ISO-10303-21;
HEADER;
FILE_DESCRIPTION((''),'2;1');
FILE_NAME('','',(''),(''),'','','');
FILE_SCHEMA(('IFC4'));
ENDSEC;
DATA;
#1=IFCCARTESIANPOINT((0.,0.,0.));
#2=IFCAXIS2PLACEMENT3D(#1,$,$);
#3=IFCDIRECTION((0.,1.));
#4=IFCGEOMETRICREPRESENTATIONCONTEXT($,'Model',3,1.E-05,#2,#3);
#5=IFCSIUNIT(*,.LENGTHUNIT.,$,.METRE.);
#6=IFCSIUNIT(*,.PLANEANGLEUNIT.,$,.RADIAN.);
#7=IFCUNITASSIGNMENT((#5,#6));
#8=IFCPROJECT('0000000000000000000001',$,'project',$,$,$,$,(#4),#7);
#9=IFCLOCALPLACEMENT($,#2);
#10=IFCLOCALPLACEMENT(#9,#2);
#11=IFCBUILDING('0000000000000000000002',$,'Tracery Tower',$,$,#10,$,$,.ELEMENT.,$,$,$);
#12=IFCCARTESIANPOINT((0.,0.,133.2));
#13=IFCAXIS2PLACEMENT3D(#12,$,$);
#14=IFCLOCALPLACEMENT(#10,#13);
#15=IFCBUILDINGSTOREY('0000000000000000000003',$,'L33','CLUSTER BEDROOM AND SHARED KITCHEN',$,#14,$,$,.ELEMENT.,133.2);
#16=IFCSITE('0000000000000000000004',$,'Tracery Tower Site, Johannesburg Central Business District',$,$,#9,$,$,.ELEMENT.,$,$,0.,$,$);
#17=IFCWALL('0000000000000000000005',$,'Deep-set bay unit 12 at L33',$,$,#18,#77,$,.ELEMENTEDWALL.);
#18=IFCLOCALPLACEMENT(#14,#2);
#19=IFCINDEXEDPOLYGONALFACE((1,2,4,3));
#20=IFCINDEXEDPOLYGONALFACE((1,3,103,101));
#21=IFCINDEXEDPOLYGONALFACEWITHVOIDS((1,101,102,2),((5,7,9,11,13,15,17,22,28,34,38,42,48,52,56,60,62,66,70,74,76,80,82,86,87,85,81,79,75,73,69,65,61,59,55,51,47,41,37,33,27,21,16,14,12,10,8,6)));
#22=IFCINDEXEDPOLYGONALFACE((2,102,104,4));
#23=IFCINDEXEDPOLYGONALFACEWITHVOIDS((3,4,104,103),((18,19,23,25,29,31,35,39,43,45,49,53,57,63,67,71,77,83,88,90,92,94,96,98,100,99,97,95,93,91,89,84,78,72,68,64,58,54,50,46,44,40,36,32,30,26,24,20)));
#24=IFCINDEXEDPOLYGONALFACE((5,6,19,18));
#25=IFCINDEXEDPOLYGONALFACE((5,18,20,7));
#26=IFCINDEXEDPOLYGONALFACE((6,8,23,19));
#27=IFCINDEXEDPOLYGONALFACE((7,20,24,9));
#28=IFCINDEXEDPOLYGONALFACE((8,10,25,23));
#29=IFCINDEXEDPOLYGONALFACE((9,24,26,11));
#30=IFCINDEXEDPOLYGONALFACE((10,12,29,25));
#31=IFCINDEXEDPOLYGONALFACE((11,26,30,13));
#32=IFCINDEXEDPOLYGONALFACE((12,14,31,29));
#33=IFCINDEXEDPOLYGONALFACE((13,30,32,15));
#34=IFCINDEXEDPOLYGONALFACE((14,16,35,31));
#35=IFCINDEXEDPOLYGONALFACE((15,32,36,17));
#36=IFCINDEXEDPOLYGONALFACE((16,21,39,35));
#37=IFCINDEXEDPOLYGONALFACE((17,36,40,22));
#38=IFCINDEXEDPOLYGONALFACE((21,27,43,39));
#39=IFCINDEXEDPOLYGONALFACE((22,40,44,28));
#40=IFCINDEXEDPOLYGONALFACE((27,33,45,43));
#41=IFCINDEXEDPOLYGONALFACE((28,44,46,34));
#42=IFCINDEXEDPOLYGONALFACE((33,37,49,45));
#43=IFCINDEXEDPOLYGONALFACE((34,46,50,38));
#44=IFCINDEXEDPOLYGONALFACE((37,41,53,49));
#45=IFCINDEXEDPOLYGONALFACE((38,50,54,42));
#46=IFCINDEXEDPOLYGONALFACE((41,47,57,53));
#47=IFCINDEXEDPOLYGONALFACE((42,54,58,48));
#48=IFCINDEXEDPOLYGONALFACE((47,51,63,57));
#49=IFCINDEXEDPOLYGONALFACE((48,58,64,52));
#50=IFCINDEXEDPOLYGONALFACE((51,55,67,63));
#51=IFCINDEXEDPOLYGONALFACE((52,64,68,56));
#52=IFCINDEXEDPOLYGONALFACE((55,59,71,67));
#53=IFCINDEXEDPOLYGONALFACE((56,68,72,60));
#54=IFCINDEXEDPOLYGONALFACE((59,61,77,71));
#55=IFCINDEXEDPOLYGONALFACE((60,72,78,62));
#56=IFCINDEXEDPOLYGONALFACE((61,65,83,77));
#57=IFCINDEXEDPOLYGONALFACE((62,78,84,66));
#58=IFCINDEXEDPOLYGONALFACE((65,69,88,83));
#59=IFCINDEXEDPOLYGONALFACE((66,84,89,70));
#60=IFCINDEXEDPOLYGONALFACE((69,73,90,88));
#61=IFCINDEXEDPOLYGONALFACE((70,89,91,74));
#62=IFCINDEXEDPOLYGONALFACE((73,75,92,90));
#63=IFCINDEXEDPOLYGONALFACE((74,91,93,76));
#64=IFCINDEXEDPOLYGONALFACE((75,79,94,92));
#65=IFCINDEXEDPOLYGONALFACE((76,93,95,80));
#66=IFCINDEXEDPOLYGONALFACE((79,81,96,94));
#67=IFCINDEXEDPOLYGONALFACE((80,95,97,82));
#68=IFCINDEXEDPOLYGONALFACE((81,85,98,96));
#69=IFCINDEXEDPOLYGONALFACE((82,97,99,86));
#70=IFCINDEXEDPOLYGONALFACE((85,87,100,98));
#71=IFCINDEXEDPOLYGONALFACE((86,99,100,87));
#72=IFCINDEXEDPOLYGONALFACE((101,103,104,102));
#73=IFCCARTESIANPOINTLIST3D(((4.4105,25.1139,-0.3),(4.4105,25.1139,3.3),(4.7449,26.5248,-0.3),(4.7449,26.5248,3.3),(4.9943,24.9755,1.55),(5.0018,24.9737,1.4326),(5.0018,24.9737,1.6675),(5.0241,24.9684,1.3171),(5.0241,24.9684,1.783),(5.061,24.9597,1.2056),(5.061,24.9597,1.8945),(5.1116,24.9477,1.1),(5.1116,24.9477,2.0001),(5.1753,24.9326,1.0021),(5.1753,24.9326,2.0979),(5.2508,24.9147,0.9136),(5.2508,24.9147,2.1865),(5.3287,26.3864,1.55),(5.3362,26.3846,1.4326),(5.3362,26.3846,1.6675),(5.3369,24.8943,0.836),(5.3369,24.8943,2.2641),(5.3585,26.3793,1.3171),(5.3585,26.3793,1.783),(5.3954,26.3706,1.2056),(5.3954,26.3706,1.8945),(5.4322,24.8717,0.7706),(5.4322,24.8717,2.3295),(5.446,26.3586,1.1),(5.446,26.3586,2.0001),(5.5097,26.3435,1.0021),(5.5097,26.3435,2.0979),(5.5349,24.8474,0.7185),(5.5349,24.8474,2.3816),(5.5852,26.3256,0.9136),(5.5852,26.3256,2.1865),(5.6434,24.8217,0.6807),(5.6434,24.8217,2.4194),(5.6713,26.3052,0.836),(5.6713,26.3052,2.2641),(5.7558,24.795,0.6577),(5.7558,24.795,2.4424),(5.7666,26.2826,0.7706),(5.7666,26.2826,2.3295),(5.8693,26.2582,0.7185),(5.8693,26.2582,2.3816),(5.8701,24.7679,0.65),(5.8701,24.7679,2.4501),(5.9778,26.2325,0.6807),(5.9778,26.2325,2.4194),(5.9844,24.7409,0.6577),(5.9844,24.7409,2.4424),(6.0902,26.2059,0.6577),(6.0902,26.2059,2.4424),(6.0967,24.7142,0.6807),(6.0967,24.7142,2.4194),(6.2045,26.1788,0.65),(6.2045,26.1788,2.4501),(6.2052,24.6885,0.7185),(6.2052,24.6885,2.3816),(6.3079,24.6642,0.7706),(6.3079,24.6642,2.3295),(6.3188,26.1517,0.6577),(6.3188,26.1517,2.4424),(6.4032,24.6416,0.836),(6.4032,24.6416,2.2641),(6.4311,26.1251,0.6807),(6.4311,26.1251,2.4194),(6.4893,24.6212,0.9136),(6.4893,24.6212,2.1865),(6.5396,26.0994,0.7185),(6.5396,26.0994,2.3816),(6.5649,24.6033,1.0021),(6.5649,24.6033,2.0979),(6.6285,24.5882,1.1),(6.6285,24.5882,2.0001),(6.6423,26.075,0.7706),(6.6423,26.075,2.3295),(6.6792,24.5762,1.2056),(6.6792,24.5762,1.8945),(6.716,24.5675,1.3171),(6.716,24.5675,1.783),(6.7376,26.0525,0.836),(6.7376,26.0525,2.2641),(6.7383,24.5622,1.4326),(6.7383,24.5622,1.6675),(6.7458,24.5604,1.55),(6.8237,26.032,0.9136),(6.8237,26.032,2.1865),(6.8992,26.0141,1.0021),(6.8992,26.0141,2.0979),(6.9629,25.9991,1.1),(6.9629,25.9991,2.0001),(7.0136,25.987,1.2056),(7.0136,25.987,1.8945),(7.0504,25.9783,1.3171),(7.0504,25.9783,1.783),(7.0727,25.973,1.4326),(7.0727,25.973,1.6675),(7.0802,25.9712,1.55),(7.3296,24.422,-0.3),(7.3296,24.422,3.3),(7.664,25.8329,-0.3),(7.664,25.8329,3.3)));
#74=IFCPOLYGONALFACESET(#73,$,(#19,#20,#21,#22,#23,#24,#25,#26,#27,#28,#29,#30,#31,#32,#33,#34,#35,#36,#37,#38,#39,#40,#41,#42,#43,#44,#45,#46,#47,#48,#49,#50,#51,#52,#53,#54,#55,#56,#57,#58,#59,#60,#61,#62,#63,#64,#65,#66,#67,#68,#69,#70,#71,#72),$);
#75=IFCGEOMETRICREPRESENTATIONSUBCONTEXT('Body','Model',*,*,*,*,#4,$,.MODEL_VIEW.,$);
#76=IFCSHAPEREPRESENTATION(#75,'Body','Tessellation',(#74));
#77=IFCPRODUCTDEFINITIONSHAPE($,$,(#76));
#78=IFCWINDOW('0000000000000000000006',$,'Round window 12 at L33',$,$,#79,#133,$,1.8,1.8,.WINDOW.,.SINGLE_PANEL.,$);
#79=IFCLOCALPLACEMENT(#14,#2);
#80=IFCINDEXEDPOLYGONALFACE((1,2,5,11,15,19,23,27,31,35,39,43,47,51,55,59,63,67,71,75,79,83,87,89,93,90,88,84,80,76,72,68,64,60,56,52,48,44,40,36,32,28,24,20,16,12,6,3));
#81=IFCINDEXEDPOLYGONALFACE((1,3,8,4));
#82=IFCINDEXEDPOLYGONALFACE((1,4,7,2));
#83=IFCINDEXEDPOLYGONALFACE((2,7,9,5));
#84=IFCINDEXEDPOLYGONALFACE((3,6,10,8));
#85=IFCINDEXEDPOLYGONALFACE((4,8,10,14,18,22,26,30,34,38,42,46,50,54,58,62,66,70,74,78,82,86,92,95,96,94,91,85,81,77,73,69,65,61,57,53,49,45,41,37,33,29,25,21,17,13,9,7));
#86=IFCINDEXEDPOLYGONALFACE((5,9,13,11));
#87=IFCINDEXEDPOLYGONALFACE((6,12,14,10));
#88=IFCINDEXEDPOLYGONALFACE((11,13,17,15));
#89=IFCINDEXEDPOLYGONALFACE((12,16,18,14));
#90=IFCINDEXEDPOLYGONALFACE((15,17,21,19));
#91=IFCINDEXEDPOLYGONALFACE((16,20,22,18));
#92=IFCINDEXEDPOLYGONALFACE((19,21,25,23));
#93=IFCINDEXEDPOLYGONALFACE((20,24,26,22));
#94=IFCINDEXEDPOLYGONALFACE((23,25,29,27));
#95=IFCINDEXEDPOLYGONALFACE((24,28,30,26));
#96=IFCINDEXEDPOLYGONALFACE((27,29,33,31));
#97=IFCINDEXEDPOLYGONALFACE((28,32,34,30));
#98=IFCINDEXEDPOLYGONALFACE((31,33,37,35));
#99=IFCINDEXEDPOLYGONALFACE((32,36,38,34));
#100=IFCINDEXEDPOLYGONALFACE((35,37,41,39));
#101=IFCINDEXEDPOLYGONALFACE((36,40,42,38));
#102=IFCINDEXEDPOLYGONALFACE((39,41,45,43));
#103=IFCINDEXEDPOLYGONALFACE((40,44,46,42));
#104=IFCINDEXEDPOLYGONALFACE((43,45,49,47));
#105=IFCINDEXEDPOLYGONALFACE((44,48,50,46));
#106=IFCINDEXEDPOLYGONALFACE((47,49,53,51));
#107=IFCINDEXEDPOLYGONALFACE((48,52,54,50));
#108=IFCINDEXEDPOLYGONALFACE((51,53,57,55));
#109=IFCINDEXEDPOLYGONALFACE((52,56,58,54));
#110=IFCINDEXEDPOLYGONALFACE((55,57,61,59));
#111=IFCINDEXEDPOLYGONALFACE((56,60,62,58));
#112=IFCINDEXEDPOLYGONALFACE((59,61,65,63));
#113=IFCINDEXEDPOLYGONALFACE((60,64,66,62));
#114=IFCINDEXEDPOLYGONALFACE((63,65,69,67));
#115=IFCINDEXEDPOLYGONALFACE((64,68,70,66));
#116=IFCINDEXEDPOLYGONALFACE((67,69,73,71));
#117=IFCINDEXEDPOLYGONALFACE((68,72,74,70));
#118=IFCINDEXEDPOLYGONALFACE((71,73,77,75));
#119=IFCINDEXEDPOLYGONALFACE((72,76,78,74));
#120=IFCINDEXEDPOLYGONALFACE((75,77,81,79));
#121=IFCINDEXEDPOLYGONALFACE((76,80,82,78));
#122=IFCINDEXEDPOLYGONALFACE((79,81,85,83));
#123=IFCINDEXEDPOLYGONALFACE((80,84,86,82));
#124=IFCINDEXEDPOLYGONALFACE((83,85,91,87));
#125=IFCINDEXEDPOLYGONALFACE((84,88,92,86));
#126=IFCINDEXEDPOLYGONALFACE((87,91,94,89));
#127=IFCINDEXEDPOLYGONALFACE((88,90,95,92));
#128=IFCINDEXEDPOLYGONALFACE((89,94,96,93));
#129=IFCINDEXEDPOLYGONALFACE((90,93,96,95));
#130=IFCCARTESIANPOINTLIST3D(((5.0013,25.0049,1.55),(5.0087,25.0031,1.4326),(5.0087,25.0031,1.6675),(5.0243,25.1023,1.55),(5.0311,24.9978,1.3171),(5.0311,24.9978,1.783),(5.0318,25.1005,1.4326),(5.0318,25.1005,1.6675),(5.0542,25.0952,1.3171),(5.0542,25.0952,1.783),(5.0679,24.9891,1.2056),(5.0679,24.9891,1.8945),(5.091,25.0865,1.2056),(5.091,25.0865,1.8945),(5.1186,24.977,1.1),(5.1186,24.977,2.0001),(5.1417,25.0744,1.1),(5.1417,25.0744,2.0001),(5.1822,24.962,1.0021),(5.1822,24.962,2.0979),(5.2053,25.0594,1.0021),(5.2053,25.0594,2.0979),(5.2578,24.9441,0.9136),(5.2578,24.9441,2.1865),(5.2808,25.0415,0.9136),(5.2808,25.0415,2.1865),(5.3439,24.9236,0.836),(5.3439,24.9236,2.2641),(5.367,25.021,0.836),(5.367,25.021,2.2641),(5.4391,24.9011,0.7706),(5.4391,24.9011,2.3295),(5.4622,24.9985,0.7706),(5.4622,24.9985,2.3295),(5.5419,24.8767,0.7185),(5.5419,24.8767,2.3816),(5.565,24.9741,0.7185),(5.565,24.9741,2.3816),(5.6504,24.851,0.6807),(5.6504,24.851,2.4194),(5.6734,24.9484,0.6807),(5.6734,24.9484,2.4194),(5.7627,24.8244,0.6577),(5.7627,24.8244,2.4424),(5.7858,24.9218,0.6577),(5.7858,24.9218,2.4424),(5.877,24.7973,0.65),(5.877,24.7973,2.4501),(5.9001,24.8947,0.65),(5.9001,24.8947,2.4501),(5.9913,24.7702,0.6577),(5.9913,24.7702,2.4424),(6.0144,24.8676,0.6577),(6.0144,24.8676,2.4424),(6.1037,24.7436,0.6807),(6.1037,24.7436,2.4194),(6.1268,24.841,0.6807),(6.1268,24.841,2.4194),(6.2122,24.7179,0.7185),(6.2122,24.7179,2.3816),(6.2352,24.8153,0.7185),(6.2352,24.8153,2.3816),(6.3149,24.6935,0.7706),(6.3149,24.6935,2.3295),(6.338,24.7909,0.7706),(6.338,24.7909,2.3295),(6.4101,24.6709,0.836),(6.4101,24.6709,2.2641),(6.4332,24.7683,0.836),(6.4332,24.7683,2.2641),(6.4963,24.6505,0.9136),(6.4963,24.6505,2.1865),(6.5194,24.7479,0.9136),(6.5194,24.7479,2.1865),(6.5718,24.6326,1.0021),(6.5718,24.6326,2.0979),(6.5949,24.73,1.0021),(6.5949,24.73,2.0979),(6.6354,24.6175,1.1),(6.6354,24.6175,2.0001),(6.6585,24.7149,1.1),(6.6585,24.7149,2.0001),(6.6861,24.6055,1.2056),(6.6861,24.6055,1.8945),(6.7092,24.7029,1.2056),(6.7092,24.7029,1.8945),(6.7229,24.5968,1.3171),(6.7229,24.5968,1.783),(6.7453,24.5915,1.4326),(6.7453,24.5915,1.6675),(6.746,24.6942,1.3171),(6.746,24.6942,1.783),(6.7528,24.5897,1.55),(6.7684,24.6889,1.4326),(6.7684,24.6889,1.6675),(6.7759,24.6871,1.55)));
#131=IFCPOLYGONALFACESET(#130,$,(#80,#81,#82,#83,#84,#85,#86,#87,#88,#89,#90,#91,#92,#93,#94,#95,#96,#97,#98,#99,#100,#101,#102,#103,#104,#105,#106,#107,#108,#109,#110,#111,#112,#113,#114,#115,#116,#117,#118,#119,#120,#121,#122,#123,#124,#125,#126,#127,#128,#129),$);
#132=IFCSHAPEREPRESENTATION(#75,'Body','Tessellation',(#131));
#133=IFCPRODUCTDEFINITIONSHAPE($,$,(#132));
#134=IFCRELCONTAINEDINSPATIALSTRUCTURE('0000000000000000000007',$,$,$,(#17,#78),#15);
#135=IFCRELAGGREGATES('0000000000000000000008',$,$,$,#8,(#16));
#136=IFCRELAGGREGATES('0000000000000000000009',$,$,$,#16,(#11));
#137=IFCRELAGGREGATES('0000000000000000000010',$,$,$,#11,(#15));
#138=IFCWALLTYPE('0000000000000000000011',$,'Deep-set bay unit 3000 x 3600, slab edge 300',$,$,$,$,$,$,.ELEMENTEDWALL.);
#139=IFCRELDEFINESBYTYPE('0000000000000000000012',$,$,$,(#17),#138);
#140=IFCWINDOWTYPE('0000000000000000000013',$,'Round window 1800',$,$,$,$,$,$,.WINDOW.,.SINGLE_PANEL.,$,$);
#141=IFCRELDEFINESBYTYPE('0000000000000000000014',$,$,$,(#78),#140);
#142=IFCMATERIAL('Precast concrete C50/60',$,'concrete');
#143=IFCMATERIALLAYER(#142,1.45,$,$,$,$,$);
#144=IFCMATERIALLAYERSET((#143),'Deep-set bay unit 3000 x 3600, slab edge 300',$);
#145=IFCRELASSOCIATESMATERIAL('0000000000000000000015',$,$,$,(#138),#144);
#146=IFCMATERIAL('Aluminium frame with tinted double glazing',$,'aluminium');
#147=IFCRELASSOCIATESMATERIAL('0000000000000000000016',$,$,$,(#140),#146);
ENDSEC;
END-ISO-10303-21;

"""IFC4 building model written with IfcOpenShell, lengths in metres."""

from ifc_helpers import new_model, si_unit, direction, frame, frame_2d, origin, origin_2d, place, context, subcontext, project, spatial, rectangle, circle, extrude, material, layer, layer_set, type_object, element, fill, save


model = new_model("IFC4")

# Units and contexts
model_context = context("Model", 3, precision=1e-05, world=origin(), true_north=direction((0.0, 1.0)))
body_context = subcontext(model_context, "Body", "Model", "MODEL_VIEW")
ifc_project = project(units=[si_unit("LENGTHUNIT", "METRE"), si_unit("PLANEANGLEUNIT", "RADIAN")], contexts=[model_context])

# Site, building, storey
site_placement = place(None, origin())
site = spatial("IfcSite", under=ifc_project, at=site_placement, Name="Tracery Tower Site, Johannesburg Central Business District", CompositionType="ELEMENT", RefElevation=0.0)
building_placement = place(site_placement, origin())
building = spatial("IfcBuilding", under=site, at=building_placement, Name="Tracery Tower", CompositionType="ELEMENT")
storey_placement = place(building_placement, frame((0.0, 0.0, 133.2)))
storey = spatial("IfcBuildingStorey", under=building, at=storey_placement, Name="L33", Description="CLUSTER BEDROOM AND SHARED KITCHEN", CompositionType="ELEMENT", Elevation=133.2)

# Wall, opening, window
ifc_material_1 = material(Name="Precast concrete C50/60", Category="concrete")
ifc_layer_1 = layer(ifc_material_1, 1.45)
ifc_layer_set_1 = layer_set([ifc_layer_1], Name="Deep-set bay unit 3000 x 3600, slab edge 300")
wall_type_1 = type_object("IfcWallType", Name="Deep-set bay unit 3000 x 3600, slab edge 300", PredefinedType="ELEMENTEDWALL", material=ifc_layer_set_1)
wall_1_placement = place(storey_placement, frame((7.4968, 25.1274, -0.3), z_axis=(0.0, 0.0, 1.0), x_axis=(-0.973042, 0.230627, 0.0)))
wall_1 = element("IfcWall", 1, at=wall_1_placement, inside=storey, type_object=wall_type_1, Name="Deep-set bay unit 12 at L33", PredefinedType="ELEMENTEDWALL", context=body_context, shape_type="SweptSolid", body=[
    extrude(rectangle(XDim=3.0, YDim=1.45, at=frame_2d((1.5, 0.0))), origin(), (0.0, 0.0, 1.0), 3.6001),
])
opening_1_placement = place(wall_1_placement, frame((1.5, 0.0, 1.8501)))
opening_1 = element("IfcOpeningElement", 2, at=opening_1_placement, cuts=wall_1, PredefinedType="OPENING", context=body_context, shape_type="SweptSolid", body=[
    extrude(circle(Radius=0.9, at=origin_2d()), frame((0.0, 0.7349, 0.0), z_axis=(0.0, -1.0, 0.0), x_axis=(1.0, 0.0, 0.0)), (0.0, 0.0, 1.0), 1.47),
])
ifc_material_2 = material(Name="Aluminium frame with tinted double glazing", Category="aluminium")
window_type = type_object("IfcWindowType", Name="Round window 1800", PartitioningType="SINGLE_PANEL", PredefinedType="WINDOW", material=ifc_material_2)
window_1_placement = place(opening_1_placement, origin())
window_1 = element("IfcWindow", 3, at=window_1_placement, inside=storey, type_object=window_type, Name="Round window 12 at L33", OverallHeight=1.8, OverallWidth=1.8, PartitioningType="SINGLE_PANEL", PredefinedType="WINDOW", context=body_context, shape_type="SweptSolid", body=[
    extrude(circle(Radius=0.9, at=origin_2d()), frame((0.0, 0.6948, 0.0), z_axis=(0.0, -1.0, 0.0), x_axis=(1.0, 0.0, 0.0)), (0.0, 0.0, 1.0), 0.1001),
])
fill(opening_1, window_1)

save(model, "model.ifc")
